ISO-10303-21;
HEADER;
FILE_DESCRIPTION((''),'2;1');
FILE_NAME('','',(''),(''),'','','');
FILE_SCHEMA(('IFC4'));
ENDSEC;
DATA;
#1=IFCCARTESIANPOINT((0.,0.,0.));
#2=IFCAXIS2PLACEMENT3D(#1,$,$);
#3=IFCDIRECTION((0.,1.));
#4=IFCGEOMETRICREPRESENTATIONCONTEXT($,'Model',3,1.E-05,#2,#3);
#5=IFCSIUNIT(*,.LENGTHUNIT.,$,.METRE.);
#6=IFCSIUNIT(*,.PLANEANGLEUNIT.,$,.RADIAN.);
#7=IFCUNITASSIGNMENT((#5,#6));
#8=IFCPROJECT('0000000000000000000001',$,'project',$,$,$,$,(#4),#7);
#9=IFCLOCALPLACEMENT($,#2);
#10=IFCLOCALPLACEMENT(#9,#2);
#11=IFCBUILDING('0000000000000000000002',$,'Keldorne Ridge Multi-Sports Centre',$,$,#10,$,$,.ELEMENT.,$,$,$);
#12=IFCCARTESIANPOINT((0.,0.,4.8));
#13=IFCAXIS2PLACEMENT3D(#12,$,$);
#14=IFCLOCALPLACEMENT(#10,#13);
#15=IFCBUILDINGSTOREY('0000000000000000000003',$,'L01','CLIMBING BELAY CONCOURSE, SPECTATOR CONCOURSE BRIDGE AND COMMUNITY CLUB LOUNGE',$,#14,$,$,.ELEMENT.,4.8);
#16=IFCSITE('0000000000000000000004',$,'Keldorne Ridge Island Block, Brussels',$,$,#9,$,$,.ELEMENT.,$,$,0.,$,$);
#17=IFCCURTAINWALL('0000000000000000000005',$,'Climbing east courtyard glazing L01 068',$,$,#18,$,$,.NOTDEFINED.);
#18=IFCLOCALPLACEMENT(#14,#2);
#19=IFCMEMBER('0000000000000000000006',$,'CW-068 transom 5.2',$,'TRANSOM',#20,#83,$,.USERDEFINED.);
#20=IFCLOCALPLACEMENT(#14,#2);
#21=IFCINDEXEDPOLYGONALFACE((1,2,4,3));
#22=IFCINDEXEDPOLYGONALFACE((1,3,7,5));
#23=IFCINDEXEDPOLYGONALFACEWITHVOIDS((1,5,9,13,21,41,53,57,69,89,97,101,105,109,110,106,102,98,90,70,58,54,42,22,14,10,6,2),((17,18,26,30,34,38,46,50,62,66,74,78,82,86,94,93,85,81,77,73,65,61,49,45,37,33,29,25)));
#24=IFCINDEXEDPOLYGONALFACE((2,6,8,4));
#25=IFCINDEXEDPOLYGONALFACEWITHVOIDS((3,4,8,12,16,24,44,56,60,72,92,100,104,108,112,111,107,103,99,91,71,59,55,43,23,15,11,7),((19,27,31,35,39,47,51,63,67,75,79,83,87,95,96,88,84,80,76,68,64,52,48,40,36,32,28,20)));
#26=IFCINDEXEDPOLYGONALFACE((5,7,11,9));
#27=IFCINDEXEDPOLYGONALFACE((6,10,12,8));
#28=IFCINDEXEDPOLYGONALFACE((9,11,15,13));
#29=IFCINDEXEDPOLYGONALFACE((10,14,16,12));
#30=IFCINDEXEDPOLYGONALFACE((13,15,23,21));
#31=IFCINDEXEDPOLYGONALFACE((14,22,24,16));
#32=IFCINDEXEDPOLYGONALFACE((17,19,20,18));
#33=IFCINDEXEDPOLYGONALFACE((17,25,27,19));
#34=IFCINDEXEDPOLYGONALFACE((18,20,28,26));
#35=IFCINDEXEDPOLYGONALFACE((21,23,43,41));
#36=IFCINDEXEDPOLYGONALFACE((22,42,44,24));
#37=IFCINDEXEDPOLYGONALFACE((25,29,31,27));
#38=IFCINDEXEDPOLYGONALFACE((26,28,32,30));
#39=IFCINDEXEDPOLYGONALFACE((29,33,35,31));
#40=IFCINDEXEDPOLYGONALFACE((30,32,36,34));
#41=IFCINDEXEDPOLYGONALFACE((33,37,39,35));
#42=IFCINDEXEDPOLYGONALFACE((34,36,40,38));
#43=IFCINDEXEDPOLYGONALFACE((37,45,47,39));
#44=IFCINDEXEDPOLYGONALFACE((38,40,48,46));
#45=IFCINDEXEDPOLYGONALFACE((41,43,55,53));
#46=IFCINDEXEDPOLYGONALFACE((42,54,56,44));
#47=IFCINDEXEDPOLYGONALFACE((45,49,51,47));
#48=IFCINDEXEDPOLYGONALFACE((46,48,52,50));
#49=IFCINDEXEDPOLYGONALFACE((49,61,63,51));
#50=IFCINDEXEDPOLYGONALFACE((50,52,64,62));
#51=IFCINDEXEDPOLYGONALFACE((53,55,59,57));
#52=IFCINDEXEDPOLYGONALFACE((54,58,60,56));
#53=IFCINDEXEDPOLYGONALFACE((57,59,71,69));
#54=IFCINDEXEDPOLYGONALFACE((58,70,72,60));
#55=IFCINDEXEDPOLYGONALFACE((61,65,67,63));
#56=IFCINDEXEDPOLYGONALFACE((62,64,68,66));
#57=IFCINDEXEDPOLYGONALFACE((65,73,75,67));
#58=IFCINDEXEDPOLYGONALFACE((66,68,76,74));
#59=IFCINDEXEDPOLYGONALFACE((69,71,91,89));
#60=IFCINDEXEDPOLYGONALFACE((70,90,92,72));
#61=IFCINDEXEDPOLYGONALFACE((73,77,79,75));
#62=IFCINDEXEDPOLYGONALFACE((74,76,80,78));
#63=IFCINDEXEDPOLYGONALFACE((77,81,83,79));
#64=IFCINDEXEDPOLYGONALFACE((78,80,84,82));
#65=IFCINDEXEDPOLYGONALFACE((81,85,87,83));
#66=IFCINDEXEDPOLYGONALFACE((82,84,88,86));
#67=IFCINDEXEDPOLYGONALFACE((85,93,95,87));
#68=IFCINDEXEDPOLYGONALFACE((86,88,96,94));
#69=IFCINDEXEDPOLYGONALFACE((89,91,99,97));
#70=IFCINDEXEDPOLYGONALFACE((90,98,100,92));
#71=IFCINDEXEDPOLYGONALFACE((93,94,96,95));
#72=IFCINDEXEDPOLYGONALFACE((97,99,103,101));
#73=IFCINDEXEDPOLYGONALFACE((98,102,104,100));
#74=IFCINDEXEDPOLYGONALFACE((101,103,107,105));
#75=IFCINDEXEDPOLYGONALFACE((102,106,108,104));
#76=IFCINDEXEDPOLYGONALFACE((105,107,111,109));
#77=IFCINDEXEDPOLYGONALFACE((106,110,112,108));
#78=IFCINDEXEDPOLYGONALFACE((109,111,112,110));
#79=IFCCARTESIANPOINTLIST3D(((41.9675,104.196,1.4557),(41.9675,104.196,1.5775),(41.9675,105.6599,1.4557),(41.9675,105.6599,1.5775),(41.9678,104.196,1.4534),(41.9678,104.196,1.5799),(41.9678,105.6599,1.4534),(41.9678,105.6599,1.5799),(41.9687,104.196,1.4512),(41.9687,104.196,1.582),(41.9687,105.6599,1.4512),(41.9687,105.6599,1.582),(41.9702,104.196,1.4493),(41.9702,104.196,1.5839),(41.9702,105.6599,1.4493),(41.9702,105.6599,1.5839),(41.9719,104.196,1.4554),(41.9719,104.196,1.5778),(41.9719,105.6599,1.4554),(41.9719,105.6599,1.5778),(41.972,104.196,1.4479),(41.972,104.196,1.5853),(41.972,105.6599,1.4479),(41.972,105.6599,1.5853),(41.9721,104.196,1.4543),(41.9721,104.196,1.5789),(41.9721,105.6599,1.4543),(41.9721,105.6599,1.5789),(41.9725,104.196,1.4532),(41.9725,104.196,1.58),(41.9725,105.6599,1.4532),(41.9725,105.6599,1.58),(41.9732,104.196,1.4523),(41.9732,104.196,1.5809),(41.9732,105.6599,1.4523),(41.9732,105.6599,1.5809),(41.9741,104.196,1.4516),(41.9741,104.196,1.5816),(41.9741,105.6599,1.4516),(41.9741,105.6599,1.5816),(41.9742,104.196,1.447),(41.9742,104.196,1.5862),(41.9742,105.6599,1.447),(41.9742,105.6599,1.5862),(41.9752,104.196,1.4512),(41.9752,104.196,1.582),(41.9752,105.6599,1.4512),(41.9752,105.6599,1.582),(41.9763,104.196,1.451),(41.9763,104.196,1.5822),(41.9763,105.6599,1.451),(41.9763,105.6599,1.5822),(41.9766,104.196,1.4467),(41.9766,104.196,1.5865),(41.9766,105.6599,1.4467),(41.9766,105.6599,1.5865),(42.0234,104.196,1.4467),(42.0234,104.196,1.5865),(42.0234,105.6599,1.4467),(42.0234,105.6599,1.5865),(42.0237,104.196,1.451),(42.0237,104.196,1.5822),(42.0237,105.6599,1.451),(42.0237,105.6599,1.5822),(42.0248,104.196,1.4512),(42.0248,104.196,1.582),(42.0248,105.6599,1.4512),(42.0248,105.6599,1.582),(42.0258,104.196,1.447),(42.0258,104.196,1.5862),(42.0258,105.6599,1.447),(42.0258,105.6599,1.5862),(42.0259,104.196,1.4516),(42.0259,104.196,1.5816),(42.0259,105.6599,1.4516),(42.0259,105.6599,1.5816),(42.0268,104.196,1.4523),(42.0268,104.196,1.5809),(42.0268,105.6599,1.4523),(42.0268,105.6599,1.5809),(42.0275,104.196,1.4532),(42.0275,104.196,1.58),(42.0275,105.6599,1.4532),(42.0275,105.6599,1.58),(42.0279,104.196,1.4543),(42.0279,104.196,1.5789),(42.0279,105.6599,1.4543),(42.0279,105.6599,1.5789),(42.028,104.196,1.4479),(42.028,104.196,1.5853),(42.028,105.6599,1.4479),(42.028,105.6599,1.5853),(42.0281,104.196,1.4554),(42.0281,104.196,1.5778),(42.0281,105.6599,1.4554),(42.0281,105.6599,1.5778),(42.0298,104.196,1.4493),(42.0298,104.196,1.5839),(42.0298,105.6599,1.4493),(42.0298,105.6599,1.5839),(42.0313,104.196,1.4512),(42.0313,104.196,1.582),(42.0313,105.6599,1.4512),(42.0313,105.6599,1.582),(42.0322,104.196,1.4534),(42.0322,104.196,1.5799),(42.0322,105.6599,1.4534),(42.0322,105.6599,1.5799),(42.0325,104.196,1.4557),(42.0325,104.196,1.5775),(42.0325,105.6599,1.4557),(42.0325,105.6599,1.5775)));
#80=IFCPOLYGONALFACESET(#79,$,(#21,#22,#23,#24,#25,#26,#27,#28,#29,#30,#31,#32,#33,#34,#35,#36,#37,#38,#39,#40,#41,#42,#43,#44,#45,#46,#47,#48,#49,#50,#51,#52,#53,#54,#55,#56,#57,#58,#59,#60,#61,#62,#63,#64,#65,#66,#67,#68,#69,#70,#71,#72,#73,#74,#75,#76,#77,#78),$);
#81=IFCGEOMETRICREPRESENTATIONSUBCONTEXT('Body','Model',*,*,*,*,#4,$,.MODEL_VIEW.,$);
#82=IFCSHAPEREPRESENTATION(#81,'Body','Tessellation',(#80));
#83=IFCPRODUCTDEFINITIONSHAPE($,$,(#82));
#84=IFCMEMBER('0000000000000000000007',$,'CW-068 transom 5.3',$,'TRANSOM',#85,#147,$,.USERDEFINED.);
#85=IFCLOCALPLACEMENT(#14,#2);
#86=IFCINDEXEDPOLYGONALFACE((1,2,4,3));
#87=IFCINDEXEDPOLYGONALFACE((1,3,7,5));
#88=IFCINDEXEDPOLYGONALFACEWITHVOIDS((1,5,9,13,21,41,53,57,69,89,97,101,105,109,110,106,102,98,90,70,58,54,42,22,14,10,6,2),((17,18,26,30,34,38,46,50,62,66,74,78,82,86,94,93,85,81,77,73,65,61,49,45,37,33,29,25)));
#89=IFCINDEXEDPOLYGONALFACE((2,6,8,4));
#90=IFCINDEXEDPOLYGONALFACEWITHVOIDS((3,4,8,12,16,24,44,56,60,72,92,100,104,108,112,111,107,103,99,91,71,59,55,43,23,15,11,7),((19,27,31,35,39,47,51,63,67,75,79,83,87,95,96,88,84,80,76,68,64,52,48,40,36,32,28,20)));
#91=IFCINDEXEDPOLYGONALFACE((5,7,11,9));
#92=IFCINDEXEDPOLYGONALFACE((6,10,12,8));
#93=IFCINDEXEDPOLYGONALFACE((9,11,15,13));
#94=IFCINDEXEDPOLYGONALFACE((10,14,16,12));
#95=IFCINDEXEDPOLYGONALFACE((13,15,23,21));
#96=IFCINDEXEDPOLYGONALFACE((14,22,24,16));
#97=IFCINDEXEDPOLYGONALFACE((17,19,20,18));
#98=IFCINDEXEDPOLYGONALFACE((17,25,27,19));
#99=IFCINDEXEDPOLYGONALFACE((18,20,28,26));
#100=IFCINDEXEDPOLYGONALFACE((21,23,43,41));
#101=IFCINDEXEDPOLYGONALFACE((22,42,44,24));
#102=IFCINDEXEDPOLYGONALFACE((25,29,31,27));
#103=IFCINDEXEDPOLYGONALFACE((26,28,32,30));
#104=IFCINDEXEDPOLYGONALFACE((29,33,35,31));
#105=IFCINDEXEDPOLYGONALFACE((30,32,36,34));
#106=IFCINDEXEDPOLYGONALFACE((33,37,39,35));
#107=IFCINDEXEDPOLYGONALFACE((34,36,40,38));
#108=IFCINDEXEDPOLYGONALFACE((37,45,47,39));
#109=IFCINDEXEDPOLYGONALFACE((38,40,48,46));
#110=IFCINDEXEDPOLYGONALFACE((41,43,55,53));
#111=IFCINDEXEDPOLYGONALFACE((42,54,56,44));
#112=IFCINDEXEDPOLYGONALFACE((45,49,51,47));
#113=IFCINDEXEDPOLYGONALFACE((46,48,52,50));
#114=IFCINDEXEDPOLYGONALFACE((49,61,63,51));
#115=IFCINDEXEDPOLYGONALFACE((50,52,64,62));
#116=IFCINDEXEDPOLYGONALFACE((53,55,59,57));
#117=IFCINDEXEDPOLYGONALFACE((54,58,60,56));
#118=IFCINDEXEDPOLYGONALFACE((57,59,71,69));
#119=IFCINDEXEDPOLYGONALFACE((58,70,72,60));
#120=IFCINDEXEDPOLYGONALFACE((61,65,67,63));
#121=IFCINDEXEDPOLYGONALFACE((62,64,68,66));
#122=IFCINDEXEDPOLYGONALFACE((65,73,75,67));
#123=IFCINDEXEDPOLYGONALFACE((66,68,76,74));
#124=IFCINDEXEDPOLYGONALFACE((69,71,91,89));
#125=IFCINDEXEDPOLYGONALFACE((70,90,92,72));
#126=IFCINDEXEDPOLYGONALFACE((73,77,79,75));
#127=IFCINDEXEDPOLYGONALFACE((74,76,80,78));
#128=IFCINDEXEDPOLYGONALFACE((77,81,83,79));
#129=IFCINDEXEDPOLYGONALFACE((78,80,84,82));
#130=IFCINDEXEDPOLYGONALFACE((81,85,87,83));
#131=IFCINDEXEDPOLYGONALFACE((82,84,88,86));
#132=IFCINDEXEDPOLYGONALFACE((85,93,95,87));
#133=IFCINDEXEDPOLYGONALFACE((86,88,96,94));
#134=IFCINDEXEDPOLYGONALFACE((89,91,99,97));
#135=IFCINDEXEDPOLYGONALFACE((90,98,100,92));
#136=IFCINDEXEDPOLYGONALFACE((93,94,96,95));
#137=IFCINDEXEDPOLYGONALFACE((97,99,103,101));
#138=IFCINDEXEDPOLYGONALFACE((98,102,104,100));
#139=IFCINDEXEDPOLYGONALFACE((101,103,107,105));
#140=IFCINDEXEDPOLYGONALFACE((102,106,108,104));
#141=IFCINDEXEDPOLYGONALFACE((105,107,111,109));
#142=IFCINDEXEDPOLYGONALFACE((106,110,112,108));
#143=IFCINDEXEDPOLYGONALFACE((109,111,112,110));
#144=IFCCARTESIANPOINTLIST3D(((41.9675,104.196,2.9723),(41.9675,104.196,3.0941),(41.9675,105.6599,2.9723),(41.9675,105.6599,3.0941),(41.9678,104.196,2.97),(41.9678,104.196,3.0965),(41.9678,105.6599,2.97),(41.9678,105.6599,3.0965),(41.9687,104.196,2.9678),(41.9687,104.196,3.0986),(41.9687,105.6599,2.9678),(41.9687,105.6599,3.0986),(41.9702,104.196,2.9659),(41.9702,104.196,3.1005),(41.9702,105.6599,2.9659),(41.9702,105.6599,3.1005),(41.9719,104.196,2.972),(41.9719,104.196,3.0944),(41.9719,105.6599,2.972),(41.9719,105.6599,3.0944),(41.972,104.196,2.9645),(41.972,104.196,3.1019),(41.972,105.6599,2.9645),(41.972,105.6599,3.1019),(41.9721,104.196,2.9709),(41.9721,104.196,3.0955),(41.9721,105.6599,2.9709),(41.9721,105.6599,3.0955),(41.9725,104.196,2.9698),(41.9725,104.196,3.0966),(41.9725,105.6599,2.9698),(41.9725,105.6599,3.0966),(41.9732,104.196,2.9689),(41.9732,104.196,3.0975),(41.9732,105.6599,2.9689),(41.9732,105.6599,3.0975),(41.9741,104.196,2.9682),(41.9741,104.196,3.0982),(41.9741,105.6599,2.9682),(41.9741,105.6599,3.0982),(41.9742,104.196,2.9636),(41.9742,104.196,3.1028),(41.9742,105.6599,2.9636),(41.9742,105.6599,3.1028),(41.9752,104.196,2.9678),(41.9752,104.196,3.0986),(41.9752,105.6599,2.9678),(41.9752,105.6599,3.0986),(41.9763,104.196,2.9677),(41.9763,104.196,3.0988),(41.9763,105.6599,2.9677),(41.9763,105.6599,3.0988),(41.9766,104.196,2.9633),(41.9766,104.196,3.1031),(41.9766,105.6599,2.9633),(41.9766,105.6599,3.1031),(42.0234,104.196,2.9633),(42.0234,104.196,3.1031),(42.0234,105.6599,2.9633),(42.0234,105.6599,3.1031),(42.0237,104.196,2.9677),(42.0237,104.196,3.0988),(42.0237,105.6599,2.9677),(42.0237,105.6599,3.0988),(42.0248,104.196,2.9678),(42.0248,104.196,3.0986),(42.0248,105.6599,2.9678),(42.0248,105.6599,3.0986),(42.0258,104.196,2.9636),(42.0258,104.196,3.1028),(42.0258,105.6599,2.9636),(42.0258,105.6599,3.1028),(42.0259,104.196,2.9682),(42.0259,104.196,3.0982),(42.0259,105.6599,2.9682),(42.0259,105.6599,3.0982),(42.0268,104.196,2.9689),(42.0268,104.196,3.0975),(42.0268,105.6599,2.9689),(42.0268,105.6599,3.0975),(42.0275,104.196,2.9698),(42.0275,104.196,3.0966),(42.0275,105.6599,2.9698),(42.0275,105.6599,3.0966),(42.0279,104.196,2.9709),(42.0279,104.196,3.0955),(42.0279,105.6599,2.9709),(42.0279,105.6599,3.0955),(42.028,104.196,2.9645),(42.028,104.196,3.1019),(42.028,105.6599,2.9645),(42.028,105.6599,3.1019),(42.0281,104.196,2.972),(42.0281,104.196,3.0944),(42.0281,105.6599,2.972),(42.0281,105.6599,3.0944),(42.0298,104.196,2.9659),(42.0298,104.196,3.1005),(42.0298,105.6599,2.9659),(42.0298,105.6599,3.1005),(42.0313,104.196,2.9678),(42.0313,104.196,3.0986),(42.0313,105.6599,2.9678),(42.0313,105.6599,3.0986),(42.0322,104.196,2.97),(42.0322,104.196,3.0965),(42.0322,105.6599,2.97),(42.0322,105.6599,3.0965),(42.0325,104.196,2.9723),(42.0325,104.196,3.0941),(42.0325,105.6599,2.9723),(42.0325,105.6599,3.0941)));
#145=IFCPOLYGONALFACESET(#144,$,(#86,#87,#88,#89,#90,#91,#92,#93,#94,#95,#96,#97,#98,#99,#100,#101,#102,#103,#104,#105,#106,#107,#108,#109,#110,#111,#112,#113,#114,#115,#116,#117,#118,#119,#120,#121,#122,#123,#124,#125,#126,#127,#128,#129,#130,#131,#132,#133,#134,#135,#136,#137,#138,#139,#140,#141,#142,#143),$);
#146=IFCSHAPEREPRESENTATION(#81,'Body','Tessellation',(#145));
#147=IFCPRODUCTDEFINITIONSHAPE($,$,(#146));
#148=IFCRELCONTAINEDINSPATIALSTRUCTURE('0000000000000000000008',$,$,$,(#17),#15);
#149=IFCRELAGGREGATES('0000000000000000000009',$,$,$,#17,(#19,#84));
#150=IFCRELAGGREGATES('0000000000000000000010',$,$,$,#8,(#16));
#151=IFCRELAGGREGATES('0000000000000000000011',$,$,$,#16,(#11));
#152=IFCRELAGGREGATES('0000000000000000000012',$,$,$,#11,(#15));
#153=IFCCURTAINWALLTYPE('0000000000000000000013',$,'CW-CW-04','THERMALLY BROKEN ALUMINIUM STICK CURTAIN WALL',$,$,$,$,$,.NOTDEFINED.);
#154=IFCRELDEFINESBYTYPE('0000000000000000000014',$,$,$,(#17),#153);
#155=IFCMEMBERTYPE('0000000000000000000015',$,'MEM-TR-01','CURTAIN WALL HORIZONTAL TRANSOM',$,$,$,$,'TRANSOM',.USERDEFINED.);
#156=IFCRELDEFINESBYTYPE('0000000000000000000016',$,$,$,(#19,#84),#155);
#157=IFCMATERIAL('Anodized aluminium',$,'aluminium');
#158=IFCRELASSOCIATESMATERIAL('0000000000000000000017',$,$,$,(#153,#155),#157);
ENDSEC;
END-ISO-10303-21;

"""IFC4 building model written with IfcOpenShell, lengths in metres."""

from ifc_helpers import new_model, si_unit, direction, frame, origin, origin_2d, place, context, subcontext, project, spatial, hollow_rectangle, extrude, material, material_profile, profile_set, type_object, element, aggregate, save


model = new_model("IFC4")

# Units and contexts
model_context = context("Model", 3, precision=1e-05, world=origin(), true_north=direction((0.0, 1.0)))
body_context = subcontext(model_context, "Body", "Model", "MODEL_VIEW")
ifc_project = project(units=[si_unit("LENGTHUNIT", "METRE"), si_unit("PLANEANGLEUNIT", "RADIAN")], contexts=[model_context])

# Site, building, storey
site_placement = place(None, origin())
site = spatial("IfcSite", under=ifc_project, at=site_placement, Name="Keldorne Ridge Island Block, Brussels", CompositionType="ELEMENT", RefElevation=0.0)
building_placement = place(site_placement, origin())
building = spatial("IfcBuilding", under=site, at=building_placement, Name="Keldorne Ridge Multi-Sports Centre", CompositionType="ELEMENT")
storey_placement = place(building_placement, frame((0.0, 0.0, 4.8)))
storey = spatial("IfcBuildingStorey", under=building, at=storey_placement, Name="L01", Description="CLIMBING BELAY CONCOURSE, SPECTATOR CONCOURSE BRIDGE AND COMMUNITY CLUB LOUNGE", CompositionType="ELEMENT", Elevation=4.8)

# Curtain wall
ifc_material_1 = material(Name="Anodized aluminium", Category="aluminium")
curtain_wall_type_1 = type_object("IfcCurtainWallType", Name="CW-CW-04", Description="THERMALLY BROKEN ALUMINIUM STICK CURTAIN WALL", PredefinedType="NOTDEFINED", material=ifc_material_1)
curtain_wall_1_placement = place(storey_placement, origin())
curtain_wall_1 = element("IfcCurtainWall", 1, at=curtain_wall_1_placement, inside=storey, type_object=curtain_wall_type_1, Name="Climbing east courtyard glazing L01 068", PredefinedType="NOTDEFINED")

# Members
ifc_material_profile_1 = material_profile(ifc_material_1, hollow_rectangle(XDim=0.0649, YDim=0.1399, WallThickness=0.0044, InnerFilletRadius=0.0044, OuterFilletRadius=0.009, at=origin_2d()), Name="ALU TRANSOM 140x65x4.5")
ifc_profile_set_1 = profile_set([ifc_material_profile_1], Name="Anodized aluminium")
member_type_1 = type_object("IfcMemberType", Name="MEM-TR-01", Description="CURTAIN WALL HORIZONTAL TRANSOM", ElementType="TRANSOM", PredefinedType="USERDEFINED", material=ifc_profile_set_1)
member_1_placement = place(storey_placement, frame((42.0, 104.196, 1.5166), z_axis=(0.0, 1.0, 0.0), x_axis=(-1.0, 0.0, 0.0)))
member_1 = element("IfcMember", 2, at=member_1_placement, type_object=member_type_1, Name="CW-068 transom 5.2", ObjectType="TRANSOM", PredefinedType="USERDEFINED", context=body_context, shape_type="SweptSolid", body=[
    extrude(hollow_rectangle(XDim=0.0649, YDim=0.1399, WallThickness=0.0044, InnerFilletRadius=0.0044, OuterFilletRadius=0.009, at=origin_2d()), origin(), (0.0, 0.0, 1.0), 1.4639),
])
member_2_placement = place(storey_placement, frame((42.0, 104.196, 3.0332), z_axis=(0.0, 1.0, 0.0), x_axis=(-1.0, 0.0, 0.0)))
member_2 = element("IfcMember", 3, at=member_2_placement, type_object=member_type_1, Name="CW-068 transom 5.3", ObjectType="TRANSOM", PredefinedType="USERDEFINED", context=body_context, shape_type="SweptSolid", body=[
    extrude(hollow_rectangle(XDim=0.0649, YDim=0.1399, WallThickness=0.0044, InnerFilletRadius=0.0044, OuterFilletRadius=0.009, at=origin_2d()), origin(), (0.0, 0.0, 1.0), 1.4639),
])

aggregate(curtain_wall_1, [member_1, member_2])

save(model, "model.ifc")
